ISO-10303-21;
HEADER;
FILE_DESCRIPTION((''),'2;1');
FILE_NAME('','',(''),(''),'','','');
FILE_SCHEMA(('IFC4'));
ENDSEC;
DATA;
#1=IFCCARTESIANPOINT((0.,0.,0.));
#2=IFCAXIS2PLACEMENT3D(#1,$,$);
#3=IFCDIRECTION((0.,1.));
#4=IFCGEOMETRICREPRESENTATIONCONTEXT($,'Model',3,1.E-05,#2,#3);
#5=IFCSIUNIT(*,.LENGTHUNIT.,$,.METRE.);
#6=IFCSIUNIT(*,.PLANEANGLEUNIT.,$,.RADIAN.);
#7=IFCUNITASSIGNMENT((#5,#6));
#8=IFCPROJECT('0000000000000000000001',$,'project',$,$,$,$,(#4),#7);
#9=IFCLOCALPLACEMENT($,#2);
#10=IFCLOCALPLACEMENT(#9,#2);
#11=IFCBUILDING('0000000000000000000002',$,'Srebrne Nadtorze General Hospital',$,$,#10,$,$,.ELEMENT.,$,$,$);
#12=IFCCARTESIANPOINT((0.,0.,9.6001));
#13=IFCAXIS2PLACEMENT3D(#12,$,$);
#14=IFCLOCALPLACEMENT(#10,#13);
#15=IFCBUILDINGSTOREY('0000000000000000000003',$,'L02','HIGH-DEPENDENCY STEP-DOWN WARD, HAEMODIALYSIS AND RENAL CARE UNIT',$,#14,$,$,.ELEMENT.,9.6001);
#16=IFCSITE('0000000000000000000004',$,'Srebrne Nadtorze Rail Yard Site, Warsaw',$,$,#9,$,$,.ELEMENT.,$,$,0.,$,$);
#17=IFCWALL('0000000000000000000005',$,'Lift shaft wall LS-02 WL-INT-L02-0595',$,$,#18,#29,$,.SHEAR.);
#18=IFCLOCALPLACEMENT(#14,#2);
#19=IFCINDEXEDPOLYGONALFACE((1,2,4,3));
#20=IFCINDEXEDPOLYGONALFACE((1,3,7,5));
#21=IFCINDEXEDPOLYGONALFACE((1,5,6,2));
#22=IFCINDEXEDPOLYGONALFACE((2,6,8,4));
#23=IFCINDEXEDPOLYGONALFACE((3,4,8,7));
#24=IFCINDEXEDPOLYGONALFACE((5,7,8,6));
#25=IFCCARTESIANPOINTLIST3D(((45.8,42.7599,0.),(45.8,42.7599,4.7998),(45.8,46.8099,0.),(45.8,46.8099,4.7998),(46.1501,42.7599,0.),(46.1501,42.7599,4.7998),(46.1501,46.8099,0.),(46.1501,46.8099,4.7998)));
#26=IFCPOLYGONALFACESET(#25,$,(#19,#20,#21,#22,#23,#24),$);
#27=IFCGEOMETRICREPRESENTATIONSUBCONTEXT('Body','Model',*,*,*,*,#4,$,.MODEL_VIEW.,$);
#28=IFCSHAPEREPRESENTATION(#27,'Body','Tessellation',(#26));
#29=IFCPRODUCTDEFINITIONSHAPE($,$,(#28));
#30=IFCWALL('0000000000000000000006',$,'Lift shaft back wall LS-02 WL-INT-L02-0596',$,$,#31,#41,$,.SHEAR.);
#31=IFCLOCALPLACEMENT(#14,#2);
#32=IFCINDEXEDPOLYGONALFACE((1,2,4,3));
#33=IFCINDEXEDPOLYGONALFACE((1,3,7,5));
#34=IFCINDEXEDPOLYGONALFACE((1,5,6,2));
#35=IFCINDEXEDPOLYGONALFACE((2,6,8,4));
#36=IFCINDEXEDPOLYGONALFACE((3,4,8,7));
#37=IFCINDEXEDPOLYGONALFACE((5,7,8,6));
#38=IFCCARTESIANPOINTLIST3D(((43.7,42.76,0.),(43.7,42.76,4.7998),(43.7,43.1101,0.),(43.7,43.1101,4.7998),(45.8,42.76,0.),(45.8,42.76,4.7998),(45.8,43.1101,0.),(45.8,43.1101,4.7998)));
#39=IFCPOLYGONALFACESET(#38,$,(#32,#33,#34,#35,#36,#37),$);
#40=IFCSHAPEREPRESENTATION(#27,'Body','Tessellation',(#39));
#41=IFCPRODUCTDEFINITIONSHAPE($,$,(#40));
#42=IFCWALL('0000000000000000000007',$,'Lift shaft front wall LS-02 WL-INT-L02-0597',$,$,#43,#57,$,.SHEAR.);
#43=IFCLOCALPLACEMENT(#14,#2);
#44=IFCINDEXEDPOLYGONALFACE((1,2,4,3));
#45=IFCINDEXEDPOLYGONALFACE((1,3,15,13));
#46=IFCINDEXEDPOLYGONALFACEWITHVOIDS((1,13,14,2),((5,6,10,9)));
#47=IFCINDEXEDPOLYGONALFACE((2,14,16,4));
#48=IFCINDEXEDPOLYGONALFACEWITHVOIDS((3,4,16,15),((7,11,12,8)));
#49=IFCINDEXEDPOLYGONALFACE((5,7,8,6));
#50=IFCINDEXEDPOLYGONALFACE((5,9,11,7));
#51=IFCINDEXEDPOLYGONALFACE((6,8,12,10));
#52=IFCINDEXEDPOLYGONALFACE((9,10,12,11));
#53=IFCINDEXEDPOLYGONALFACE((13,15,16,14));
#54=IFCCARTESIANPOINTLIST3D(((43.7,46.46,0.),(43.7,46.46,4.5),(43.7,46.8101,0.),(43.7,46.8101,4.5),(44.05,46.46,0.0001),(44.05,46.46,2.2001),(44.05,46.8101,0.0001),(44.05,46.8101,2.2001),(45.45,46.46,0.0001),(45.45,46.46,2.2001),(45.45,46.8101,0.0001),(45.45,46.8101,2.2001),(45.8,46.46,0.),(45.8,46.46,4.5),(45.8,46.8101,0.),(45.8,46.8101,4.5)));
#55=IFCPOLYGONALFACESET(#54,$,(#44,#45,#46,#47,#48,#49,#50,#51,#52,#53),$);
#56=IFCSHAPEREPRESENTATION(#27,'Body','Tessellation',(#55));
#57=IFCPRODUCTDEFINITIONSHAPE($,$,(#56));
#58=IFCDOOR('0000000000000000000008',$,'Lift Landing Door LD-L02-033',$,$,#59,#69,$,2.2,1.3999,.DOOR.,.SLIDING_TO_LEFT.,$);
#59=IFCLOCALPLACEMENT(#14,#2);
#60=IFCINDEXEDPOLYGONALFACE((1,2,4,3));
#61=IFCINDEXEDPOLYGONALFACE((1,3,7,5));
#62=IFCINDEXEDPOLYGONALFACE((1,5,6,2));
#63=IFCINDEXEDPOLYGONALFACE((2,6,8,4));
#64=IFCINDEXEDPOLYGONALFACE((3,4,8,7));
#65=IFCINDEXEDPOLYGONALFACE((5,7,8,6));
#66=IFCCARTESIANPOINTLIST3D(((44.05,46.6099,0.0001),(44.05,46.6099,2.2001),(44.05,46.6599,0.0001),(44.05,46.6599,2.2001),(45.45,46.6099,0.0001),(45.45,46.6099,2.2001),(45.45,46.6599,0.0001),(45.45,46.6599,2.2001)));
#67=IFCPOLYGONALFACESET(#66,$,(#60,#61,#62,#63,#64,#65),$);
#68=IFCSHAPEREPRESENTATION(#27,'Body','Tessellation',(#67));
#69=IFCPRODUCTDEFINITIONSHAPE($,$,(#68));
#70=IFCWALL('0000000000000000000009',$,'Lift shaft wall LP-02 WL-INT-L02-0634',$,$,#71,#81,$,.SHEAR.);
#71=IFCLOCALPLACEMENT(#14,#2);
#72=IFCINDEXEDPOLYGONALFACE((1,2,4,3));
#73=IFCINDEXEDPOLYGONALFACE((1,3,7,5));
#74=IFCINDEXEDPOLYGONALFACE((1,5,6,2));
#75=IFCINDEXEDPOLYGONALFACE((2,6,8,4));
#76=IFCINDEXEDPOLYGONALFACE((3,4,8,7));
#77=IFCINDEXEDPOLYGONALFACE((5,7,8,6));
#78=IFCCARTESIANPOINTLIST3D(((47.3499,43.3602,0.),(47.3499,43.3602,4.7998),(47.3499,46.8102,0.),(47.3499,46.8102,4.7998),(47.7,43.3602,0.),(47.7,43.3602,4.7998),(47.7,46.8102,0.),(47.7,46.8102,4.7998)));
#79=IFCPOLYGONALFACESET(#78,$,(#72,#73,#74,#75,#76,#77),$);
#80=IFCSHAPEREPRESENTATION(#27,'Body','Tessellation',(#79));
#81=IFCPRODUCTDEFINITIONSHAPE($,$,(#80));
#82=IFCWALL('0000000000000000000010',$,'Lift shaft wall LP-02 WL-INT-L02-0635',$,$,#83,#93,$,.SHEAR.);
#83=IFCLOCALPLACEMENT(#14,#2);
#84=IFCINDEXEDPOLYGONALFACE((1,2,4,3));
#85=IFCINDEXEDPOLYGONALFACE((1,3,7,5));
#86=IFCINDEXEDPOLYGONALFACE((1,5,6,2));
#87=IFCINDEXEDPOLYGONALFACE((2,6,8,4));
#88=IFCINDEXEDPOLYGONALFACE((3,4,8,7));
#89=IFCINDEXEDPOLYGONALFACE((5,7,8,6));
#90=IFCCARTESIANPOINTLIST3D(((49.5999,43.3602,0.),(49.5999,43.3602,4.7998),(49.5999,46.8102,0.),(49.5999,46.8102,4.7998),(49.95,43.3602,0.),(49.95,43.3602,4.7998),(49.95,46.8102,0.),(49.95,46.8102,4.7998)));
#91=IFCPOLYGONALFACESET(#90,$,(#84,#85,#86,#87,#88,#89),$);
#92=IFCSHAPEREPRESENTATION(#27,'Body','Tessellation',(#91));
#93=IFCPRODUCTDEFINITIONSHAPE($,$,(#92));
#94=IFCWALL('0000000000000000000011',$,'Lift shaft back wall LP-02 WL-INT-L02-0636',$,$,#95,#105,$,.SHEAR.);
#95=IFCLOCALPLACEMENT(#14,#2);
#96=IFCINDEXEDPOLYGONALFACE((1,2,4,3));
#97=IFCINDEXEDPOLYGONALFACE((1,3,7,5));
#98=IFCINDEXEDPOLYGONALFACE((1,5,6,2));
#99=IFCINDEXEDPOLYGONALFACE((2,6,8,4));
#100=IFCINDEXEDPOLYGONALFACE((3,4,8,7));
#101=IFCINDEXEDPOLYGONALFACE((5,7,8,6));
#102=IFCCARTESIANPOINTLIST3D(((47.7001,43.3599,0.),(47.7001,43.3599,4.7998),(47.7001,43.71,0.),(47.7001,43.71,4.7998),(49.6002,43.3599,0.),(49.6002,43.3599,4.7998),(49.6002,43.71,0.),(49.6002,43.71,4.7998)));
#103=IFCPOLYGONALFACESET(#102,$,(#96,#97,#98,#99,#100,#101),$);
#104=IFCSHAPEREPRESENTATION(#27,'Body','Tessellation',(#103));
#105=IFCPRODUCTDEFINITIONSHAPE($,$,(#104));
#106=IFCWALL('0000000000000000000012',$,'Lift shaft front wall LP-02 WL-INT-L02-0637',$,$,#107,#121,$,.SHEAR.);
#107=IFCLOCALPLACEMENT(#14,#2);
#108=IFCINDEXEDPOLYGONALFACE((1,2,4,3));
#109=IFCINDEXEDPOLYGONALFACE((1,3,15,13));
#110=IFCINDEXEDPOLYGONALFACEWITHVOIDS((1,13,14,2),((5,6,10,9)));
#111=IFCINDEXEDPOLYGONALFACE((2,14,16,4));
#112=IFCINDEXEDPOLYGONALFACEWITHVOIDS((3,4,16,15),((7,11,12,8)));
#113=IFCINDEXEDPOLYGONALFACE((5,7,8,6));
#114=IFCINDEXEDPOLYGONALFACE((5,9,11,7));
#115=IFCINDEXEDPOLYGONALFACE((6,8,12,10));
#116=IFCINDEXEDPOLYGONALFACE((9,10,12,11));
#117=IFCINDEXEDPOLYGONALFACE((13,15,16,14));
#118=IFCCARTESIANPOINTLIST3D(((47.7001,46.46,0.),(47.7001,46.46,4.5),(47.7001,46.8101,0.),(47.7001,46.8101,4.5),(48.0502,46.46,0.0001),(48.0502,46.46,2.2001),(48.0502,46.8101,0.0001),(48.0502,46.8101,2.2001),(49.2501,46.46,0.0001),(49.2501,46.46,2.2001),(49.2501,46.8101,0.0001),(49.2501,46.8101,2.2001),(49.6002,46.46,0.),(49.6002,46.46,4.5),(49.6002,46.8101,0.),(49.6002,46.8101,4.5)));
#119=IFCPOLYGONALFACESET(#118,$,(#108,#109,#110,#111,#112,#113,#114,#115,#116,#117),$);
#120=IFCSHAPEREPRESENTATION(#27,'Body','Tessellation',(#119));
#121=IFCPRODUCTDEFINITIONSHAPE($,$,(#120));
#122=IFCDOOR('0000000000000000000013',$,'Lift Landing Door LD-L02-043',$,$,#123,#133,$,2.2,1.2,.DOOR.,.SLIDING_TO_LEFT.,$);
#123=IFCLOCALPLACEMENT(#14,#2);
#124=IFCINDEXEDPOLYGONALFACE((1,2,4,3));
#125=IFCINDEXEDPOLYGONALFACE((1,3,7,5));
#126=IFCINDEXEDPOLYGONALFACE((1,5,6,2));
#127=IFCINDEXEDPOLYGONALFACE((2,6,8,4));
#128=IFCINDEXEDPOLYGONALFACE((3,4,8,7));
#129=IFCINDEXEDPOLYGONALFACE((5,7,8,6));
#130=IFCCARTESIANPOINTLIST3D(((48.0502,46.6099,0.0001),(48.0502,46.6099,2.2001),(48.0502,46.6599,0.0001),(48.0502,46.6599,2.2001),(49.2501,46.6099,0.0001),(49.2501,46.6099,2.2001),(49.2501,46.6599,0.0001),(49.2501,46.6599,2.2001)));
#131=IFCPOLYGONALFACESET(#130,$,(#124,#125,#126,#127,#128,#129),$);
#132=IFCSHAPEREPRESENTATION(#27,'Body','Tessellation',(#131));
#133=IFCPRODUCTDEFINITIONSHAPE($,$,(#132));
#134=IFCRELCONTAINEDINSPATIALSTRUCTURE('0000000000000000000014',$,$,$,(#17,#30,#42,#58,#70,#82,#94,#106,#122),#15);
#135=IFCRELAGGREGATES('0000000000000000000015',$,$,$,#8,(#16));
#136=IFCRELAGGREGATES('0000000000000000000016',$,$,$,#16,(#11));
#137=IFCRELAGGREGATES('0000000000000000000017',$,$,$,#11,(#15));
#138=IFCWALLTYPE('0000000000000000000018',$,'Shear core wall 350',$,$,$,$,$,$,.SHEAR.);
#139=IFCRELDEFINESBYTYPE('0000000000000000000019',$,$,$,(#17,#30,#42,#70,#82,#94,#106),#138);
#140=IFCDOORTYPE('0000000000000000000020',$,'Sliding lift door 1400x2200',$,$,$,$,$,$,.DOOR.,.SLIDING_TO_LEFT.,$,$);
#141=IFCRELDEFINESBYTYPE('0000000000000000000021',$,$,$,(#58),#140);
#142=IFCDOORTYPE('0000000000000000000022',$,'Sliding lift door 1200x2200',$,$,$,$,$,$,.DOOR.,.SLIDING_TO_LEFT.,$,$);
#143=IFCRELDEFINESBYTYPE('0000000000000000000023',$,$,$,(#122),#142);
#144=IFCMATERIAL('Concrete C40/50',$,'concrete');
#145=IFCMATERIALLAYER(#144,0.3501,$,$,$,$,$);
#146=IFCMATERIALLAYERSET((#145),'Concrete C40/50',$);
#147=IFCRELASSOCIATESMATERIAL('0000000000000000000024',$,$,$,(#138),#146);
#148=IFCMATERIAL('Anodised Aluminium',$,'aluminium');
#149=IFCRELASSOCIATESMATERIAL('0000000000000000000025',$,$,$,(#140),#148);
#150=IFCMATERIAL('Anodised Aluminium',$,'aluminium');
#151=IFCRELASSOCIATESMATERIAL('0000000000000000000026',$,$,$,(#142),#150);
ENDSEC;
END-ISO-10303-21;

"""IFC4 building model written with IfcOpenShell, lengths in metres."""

from ifc_helpers import new_model, si_unit, direction, frame, frame_2d, origin, place, context, subcontext, project, spatial, rectangle, extrude, material, layer, layer_set, type_object, element, fill, save


model = new_model("IFC4")

# Units and contexts
model_context = context("Model", 3, precision=1e-05, world=origin(), true_north=direction((0.0, 1.0)))
body_context = subcontext(model_context, "Body", "Model", "MODEL_VIEW")
ifc_project = project(units=[si_unit("LENGTHUNIT", "METRE"), si_unit("PLANEANGLEUNIT", "RADIAN")], contexts=[model_context])

# Site, building, storey
site_placement = place(None, origin())
site = spatial("IfcSite", under=ifc_project, at=site_placement, Name="Srebrne Nadtorze Rail Yard Site, Warsaw", CompositionType="ELEMENT", RefElevation=0.0)
building_placement = place(site_placement, origin())
building = spatial("IfcBuilding", under=site, at=building_placement, Name="Srebrne Nadtorze General Hospital", CompositionType="ELEMENT")
storey_placement = place(building_placement, frame((0.0, 0.0, 9.6001)))
storey = spatial("IfcBuildingStorey", under=building, at=storey_placement, Name="L02", Description="HIGH-DEPENDENCY STEP-DOWN WARD, HAEMODIALYSIS AND RENAL CARE UNIT", CompositionType="ELEMENT", Elevation=9.6001)

# Shared definitions
ifc_material_1 = material(Name="Concrete C40/50", Category="concrete")
ifc_layer_1 = layer(ifc_material_1, 0.3501)
ifc_layer_set_1 = layer_set([ifc_layer_1], Name="Concrete C40/50")
wall_type_1 = type_object("IfcWallType", Name="Shear core wall 350", PredefinedType="SHEAR", material=ifc_layer_set_1)

# Shared definitions
ifc_material_2 = material(Name="Anodised Aluminium", Category="aluminium")
door_type_1 = type_object("IfcDoorType", Name="Sliding lift door 1400x2200", OperationType="SLIDING_TO_LEFT", PredefinedType="DOOR", material=ifc_material_2)

# Walls
for number, where, z_axis, x_axis, name in (
    (1, (45.9751, 42.76, 0.0), (0.0, 0.0, 1.0), (0.0, 1.0, 0.0), "Lift shaft wall LS-02 WL-INT-L02-0595"),
):
    element("IfcWall", number, at=place(storey_placement, frame(where, z_axis=z_axis, x_axis=x_axis)), inside=storey, type_object=wall_type_1, Name=name, PredefinedType="SHEAR", context=body_context, shape_type="SweptSolid", body=[
        extrude(rectangle(XDim=4.05, YDim=0.3501, at=frame_2d((2.0249, 0.0))), origin(), (0.0, 0.0, 1.0), 4.7998),
    ])
wall_1_placement = place(storey_placement, frame((43.7, 42.9351, 0.0), z_axis=(0.0, 0.0, 1.0), x_axis=(1.0, 0.0, 0.0)))
element("IfcWall", 2, at=wall_1_placement, inside=storey, type_object=wall_type_1, Name="Lift shaft back wall LS-02 WL-INT-L02-0596", PredefinedType="SHEAR", context=body_context, shape_type="SweptSolid", body=[
    extrude(rectangle(XDim=2.1001, YDim=0.3501, at=frame_2d((1.05, 0.0))), origin(), (0.0, 0.0, 1.0), 4.7998),
])

# Wall, opening, door
wall_2_placement = place(storey_placement, frame((43.7, 46.635, 0.0), z_axis=(0.0, 0.0, 1.0), x_axis=(1.0, 0.0, 0.0)))
wall_2 = element("IfcWall", 3, at=wall_2_placement, inside=storey, type_object=wall_type_1, Name="Lift shaft front wall LS-02 WL-INT-L02-0597", PredefinedType="SHEAR", context=body_context, shape_type="SweptSolid", body=[
    extrude(rectangle(XDim=2.1001, YDim=0.3501, at=frame_2d((1.05, 0.0))), origin(), (0.0, 0.0, 1.0), 4.5),
])
opening_1_placement = place(wall_2_placement, frame((0.3501, 0.0, 0.0)))
opening_1 = element("IfcOpeningElement", 4, at=opening_1_placement, cuts=wall_2, PredefinedType="OPENING", context=body_context, shape_type="SweptSolid", body=[
    extrude(rectangle(XDim=1.3999, YDim=2.2, at=frame_2d((0.7, 1.1001))), frame((0.0, 0.187, 0.0), z_axis=(0.0, -1.0, 0.0), x_axis=(1.0, 0.0, 0.0)), (0.0, 0.0, 1.0), 0.374),
])
door_1_placement = place(opening_1_placement, origin())
door_1 = element("IfcDoor", 5, at=door_1_placement, inside=storey, type_object=door_type_1, Name="Lift Landing Door LD-L02-033", OperationType="SLIDING_TO_LEFT", OverallHeight=2.2, OverallWidth=1.3999, PredefinedType="DOOR", context=body_context, shape_type="SweptSolid", body=[
    extrude(rectangle(XDim=1.3999, YDim=2.2, at=frame_2d((0.7, 1.1001))), frame((0.0, 0.0249, 0.0), z_axis=(0.0, -1.0, 0.0), x_axis=(1.0, 0.0, 0.0)), (0.0, 0.0, 1.0), 0.05),
])
fill(opening_1, door_1)

# Walls
for number, where, z_axis, x_axis, name in (
    (6, (47.5249, 43.3601, 0.0), (0.0, 0.0, 1.0), (0.0, 1.0, 0.0), "Lift shaft wall LP-02 WL-INT-L02-0634"),
    (7, (49.7749, 43.3601, 0.0), (0.0, 0.0, 1.0), (0.0, 1.0, 0.0), "Lift shaft wall LP-02 WL-INT-L02-0635"),
):
    element("IfcWall", number, at=place(storey_placement, frame(where, z_axis=z_axis, x_axis=x_axis)), inside=storey, type_object=wall_type_1, Name=name, PredefinedType="SHEAR", context=body_context, shape_type="SweptSolid", body=[
        extrude(rectangle(XDim=3.45, YDim=0.3501, at=frame_2d((1.7251, 0.0))), origin(), (0.0, 0.0, 1.0), 4.7998),
    ])
wall_3_placement = place(storey_placement, frame((47.7, 43.5349, 0.0), z_axis=(0.0, 0.0, 1.0), x_axis=(1.0, 0.0, 0.0)))
element("IfcWall", 8, at=wall_3_placement, inside=storey, type_object=wall_type_1, Name="Lift shaft back wall LP-02 WL-INT-L02-0636", PredefinedType="SHEAR", context=body_context, shape_type="SweptSolid", body=[
    extrude(rectangle(XDim=1.9001, YDim=0.3501, at=frame_2d((0.9502, 0.0))), origin(), (0.0, 0.0, 1.0), 4.7998),
])

# Wall, opening, door
wall_4_placement = place(storey_placement, frame((47.7, 46.635, 0.0), z_axis=(0.0, 0.0, 1.0), x_axis=(1.0, 0.0, 0.0)))
wall_4 = element("IfcWall", 9, at=wall_4_placement, inside=storey, type_object=wall_type_1, Name="Lift shaft front wall LP-02 WL-INT-L02-0637", PredefinedType="SHEAR", context=body_context, shape_type="SweptSolid", body=[
    extrude(rectangle(XDim=1.9001, YDim=0.3501, at=frame_2d((0.9502, 0.0))), origin(), (0.0, 0.0, 1.0), 4.5),
])
opening_2_placement = place(wall_4_placement, frame((0.3501, 0.0, 0.0)))
opening_2 = element("IfcOpeningElement", 10, at=opening_2_placement, cuts=wall_4, PredefinedType="OPENING", context=body_context, shape_type="SweptSolid", body=[
    extrude(rectangle(XDim=1.2, YDim=2.2, at=frame_2d((0.6001, 1.1001))), frame((0.0, 0.187, 0.0), z_axis=(0.0, -1.0, 0.0), x_axis=(1.0, 0.0, 0.0)), (0.0, 0.0, 1.0), 0.374),
])
ifc_material_3 = material(Name="Anodised Aluminium", Category="aluminium")
door_type_2 = type_object("IfcDoorType", Name="Sliding lift door 1200x2200", OperationType="SLIDING_TO_LEFT", PredefinedType="DOOR", material=ifc_material_3)
door_2_placement = place(opening_2_placement, origin())
door_2 = element("IfcDoor", 11, at=door_2_placement, inside=storey, type_object=door_type_2, Name="Lift Landing Door LD-L02-043", OperationType="SLIDING_TO_LEFT", OverallHeight=2.2, OverallWidth=1.2, PredefinedType="DOOR", context=body_context, shape_type="SweptSolid", body=[
    extrude(rectangle(XDim=1.2, YDim=2.2, at=frame_2d((0.6001, 1.1001))), frame((0.0, 0.0249, 0.0), z_axis=(0.0, -1.0, 0.0), x_axis=(1.0, 0.0, 0.0)), (0.0, 0.0, 1.0), 0.05),
])
fill(opening_2, door_2)

save(model, "model.ifc")
